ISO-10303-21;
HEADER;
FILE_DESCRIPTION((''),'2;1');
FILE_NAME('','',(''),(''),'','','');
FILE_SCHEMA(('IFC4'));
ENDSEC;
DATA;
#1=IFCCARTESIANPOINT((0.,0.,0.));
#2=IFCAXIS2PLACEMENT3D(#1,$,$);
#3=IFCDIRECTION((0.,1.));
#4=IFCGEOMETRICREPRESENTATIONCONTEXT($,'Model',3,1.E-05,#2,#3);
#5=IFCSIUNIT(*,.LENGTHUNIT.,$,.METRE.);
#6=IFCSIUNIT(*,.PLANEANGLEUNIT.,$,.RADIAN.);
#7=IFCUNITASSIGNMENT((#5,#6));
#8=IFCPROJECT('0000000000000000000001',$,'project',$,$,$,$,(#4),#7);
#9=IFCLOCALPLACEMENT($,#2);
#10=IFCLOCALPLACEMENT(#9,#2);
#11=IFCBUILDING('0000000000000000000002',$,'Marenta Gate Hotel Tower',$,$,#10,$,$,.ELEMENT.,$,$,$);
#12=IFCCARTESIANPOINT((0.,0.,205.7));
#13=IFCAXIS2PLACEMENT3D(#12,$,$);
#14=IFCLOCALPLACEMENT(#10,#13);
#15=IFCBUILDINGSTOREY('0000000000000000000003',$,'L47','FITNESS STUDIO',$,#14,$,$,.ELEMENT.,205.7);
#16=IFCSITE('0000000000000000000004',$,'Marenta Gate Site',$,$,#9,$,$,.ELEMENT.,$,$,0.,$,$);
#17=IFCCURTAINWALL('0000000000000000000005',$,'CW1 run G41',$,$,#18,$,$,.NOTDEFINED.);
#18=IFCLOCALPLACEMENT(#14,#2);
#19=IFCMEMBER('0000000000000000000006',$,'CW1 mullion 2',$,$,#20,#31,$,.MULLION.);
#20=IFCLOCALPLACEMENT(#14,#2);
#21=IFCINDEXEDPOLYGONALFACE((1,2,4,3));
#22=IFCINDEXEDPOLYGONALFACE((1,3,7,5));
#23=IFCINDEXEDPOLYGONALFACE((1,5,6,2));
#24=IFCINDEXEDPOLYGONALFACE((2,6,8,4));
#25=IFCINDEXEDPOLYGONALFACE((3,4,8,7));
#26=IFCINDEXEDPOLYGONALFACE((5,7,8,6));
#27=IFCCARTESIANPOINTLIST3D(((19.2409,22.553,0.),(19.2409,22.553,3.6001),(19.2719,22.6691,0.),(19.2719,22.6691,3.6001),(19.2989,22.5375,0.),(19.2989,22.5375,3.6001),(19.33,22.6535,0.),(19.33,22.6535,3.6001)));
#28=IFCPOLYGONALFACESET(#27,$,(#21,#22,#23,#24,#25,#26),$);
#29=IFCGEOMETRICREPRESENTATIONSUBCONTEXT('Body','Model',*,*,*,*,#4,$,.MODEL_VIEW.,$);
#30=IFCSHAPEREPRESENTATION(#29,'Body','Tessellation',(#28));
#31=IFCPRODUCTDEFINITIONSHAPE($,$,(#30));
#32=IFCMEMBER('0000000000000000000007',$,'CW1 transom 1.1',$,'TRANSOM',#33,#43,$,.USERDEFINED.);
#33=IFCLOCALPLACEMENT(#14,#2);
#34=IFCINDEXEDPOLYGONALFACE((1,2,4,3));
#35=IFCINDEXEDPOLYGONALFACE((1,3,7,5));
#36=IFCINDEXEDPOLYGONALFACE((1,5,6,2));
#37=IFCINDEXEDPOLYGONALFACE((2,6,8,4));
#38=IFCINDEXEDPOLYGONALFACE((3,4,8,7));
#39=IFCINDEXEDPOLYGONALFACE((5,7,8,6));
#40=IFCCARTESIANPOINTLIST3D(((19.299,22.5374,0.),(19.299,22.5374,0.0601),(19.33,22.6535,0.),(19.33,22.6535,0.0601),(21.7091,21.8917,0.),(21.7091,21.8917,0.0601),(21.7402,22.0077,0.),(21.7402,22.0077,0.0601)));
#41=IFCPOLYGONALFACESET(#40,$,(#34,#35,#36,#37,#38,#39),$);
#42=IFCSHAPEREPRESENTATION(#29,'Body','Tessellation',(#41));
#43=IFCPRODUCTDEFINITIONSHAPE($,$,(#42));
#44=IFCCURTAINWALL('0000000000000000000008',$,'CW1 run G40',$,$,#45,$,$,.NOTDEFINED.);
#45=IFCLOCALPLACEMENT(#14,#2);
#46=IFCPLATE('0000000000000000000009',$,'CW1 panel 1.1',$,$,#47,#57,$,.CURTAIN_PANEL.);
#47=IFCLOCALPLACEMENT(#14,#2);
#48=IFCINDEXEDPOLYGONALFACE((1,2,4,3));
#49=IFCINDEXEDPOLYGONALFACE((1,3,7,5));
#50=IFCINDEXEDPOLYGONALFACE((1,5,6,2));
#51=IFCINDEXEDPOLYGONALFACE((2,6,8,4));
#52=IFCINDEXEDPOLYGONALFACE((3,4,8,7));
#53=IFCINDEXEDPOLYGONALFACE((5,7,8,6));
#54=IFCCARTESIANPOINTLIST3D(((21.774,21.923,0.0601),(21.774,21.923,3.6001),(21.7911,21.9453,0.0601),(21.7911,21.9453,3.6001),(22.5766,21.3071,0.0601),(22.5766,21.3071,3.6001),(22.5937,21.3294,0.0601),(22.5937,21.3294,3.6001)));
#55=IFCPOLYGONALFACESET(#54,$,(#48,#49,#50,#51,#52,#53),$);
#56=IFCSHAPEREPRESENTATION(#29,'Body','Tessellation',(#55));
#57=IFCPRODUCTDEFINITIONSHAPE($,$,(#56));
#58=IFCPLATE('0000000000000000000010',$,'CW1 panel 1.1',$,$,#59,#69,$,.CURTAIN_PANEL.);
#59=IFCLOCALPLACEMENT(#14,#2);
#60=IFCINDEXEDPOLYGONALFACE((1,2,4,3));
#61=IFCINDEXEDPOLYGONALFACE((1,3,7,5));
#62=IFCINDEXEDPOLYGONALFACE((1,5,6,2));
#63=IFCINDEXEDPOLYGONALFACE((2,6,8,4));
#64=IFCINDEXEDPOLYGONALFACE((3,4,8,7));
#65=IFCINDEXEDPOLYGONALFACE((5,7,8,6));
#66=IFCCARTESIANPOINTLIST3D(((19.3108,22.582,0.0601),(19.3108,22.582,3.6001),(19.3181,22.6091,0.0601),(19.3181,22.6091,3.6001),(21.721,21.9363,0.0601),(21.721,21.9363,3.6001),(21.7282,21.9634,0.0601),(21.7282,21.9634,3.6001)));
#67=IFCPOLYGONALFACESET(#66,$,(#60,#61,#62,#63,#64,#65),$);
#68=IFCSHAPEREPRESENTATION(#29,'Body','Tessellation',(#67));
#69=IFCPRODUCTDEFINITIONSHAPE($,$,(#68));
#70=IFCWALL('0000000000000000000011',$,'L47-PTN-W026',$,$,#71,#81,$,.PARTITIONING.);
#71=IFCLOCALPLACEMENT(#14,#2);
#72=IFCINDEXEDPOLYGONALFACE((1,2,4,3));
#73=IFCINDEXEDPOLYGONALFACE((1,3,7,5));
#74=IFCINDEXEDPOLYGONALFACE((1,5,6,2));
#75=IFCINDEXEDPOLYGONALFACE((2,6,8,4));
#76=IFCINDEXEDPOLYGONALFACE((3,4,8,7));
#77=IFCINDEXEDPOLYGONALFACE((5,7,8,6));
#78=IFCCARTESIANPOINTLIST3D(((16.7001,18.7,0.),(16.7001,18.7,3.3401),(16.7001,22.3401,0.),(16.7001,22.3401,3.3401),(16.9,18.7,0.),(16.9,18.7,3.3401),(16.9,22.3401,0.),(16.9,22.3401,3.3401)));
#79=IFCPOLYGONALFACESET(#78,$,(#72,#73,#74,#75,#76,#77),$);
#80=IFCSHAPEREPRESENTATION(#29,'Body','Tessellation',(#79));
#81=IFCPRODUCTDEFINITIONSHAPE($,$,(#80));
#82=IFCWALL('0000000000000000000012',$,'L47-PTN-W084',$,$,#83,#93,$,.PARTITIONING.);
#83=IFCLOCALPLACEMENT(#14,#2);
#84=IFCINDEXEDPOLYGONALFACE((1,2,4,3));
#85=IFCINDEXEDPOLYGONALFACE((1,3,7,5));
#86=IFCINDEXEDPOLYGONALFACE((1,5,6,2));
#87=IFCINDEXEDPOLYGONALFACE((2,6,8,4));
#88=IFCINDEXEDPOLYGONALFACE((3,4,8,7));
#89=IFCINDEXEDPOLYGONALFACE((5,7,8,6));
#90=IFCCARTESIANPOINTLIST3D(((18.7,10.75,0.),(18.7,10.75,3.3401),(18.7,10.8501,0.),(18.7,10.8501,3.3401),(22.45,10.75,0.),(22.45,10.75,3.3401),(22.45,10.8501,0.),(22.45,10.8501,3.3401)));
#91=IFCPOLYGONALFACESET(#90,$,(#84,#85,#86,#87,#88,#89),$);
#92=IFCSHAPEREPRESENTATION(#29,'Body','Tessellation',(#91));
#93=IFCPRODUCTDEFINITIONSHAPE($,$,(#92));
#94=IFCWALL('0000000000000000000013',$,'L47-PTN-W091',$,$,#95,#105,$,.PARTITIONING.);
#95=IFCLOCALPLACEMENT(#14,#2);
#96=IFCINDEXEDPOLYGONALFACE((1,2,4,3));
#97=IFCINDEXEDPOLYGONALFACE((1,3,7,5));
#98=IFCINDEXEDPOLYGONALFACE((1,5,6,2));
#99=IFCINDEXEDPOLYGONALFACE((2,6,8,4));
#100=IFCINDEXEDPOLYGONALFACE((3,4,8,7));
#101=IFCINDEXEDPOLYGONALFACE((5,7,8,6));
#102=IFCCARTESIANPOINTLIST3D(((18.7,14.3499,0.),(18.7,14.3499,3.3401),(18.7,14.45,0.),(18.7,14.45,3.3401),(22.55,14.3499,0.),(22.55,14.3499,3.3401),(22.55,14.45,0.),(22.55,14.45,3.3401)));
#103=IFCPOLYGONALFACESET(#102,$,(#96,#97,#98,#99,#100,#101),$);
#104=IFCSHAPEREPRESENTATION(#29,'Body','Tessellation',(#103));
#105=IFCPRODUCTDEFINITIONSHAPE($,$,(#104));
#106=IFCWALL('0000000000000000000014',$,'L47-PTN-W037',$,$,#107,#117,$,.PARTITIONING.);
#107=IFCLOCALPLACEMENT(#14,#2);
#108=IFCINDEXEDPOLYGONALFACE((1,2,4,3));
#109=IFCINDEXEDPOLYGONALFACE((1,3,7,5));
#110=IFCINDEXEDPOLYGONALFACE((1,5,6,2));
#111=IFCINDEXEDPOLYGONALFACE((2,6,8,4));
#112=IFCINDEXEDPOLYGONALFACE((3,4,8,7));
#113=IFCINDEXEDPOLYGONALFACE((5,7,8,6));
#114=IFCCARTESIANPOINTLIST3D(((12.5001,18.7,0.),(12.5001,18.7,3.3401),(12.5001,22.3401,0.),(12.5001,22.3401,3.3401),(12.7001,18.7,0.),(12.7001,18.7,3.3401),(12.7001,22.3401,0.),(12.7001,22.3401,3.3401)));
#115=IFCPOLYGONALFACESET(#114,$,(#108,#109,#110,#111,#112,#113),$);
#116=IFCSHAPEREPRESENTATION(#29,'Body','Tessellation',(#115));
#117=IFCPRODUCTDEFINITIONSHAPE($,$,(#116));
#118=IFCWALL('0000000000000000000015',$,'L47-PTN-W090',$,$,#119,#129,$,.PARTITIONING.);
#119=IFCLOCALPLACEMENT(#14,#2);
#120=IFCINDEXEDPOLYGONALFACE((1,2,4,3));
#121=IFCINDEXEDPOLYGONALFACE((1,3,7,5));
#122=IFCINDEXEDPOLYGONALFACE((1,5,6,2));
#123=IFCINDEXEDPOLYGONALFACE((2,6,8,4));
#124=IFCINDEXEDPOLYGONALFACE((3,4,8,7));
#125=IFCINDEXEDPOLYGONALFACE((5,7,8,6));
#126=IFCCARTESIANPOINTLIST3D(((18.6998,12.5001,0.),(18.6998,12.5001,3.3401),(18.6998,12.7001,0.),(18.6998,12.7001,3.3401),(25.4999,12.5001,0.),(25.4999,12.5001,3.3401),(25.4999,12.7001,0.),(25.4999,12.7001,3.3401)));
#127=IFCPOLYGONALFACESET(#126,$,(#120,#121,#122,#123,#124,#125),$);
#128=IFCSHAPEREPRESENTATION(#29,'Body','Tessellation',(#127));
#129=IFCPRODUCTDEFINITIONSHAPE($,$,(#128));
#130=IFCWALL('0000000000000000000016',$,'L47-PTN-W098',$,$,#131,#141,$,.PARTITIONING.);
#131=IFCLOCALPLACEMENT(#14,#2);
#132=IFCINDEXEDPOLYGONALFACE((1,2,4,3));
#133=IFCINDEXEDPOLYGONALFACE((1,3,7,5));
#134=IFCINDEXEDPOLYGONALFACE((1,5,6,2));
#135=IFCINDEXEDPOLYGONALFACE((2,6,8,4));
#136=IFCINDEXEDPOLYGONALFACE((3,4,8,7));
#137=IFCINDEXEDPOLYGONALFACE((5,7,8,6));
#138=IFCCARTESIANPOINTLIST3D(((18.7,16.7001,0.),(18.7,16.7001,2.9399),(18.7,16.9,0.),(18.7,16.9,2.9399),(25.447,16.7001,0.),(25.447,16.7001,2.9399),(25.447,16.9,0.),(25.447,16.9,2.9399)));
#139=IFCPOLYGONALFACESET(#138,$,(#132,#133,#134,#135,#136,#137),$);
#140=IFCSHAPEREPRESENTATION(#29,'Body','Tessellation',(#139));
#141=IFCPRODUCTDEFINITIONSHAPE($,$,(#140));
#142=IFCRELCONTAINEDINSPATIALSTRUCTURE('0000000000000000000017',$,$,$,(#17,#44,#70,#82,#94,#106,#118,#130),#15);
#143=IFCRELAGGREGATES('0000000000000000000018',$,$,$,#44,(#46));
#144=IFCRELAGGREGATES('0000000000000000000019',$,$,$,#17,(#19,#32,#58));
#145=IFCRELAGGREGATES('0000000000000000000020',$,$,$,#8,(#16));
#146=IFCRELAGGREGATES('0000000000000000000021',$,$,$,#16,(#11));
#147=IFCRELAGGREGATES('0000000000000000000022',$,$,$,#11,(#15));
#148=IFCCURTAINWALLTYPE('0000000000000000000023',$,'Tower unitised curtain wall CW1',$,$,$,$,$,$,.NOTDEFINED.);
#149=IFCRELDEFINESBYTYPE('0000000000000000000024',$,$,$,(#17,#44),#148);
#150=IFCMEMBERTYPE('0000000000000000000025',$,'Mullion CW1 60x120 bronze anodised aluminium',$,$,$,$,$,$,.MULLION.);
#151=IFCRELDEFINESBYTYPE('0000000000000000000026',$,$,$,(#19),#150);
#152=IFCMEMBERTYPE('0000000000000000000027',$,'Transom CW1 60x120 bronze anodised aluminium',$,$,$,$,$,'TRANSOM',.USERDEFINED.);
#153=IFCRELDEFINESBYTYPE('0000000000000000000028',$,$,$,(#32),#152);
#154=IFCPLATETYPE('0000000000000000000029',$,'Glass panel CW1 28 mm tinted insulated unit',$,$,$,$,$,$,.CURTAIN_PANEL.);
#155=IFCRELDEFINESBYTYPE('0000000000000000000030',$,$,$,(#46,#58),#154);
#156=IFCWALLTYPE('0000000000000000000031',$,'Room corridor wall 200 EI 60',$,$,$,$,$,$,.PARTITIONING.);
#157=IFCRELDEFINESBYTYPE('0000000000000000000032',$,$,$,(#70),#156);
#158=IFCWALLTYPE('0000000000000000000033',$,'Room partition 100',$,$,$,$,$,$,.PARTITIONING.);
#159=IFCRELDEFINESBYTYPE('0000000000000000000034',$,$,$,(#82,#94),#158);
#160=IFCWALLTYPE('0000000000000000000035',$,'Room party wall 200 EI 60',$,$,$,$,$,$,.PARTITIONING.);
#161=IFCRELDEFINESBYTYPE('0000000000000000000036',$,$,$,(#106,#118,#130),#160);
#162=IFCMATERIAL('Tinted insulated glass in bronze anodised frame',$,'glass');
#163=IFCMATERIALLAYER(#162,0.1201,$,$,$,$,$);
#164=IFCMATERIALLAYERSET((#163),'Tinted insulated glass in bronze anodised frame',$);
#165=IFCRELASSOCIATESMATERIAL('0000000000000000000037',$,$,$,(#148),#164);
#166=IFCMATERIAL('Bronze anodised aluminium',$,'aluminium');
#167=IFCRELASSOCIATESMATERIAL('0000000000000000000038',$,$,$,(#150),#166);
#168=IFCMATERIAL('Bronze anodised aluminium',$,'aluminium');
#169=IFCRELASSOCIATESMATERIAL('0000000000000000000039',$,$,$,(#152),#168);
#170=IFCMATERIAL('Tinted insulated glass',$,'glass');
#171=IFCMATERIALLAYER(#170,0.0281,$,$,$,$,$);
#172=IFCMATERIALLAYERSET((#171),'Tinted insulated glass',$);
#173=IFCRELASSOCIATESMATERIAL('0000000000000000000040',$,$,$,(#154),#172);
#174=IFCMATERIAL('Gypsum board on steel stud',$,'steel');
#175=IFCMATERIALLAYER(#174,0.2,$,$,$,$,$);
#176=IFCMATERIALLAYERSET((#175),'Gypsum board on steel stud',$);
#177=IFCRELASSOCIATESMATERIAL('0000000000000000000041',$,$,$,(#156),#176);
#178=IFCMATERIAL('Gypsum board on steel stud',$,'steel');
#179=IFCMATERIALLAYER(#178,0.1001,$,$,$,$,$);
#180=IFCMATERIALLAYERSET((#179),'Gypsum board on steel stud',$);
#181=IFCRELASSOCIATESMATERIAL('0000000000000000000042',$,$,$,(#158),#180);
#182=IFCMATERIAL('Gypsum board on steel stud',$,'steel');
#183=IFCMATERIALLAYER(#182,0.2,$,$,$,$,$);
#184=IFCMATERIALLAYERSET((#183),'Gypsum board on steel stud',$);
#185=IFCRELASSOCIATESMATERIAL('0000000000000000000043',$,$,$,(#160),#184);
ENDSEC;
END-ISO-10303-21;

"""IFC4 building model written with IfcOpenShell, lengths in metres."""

from ifc_helpers import new_model, si_unit, direction, frame, frame_2d, origin, origin_2d, place, context, subcontext, project, spatial, rectangle, extrude, material, layer, layer_set, material_profile, profile_set, type_object, element, aggregate, save


model = new_model("IFC4")

# Units and contexts
model_context = context("Model", 3, precision=1e-05, world=origin(), true_north=direction((0.0, 1.0)))
body_context = subcontext(model_context, "Body", "Model", "MODEL_VIEW")
ifc_project = project(units=[si_unit("LENGTHUNIT", "METRE"), si_unit("PLANEANGLEUNIT", "RADIAN")], contexts=[model_context])

# Site, building, storey
site_placement = place(None, origin())
site = spatial("IfcSite", under=ifc_project, at=site_placement, Name="Marenta Gate Site", CompositionType="ELEMENT", RefElevation=0.0)
building_placement = place(site_placement, origin())
building = spatial("IfcBuilding", under=site, at=building_placement, Name="Marenta Gate Hotel Tower", CompositionType="ELEMENT")
storey_placement = place(building_placement, frame((0.0, 0.0, 205.7)))
storey = spatial("IfcBuildingStorey", under=building, at=storey_placement, Name="L47", Description="FITNESS STUDIO", CompositionType="ELEMENT", Elevation=205.7)

# Curtain wall, members
ifc_material_1 = material(Name="Tinted insulated glass in bronze anodised frame", Category="glass")
ifc_layer_1 = layer(ifc_material_1, 0.1201)
ifc_layer_set_1 = layer_set([ifc_layer_1], Name="Tinted insulated glass in bronze anodised frame")
curtain_wall_type = type_object("IfcCurtainWallType", Name="Tower unitised curtain wall CW1", PredefinedType="NOTDEFINED", material=ifc_layer_set_1)
curtain_wall_1_placement = place(storey_placement, origin())
curtain_wall_1 = element("IfcCurtainWall", 1, at=curtain_wall_1_placement, inside=storey, type_object=curtain_wall_type, Name="CW1 run G41", PredefinedType="NOTDEFINED")
ifc_material_2 = material(Name="Bronze anodised aluminium", Category="aluminium")
ifc_material_profile_1 = material_profile(ifc_material_2, rectangle(XDim=0.1201, YDim=0.0601, at=origin_2d()), Name="Mullion CW1 60x120 bronze anodised aluminium")
ifc_profile_set_1 = profile_set([ifc_material_profile_1], Name="Bronze anodised aluminium")
member_type_1 = type_object("IfcMemberType", Name="Mullion CW1 60x120 bronze anodised aluminium", PredefinedType="MULLION", material=ifc_profile_set_1)
member_1_placement = place(storey_placement, frame((19.2854, 22.6033, 0.0), z_axis=(0.0, 0.0, 1.0), x_axis=(-0.258805, -0.96593, 0.0)))
member_1 = element("IfcMember", 2, at=member_1_placement, type_object=member_type_1, Name="CW1 mullion 2", PredefinedType="MULLION", context=body_context, shape_type="SweptSolid", body=[
    extrude(rectangle(XDim=0.1201, YDim=0.0601, at=origin_2d()), origin(), (0.0, 0.0, 1.0), 3.6001),
])
ifc_material_3 = material(Name="Bronze anodised aluminium", Category="aluminium")
ifc_material_profile_2 = material_profile(ifc_material_3, rectangle(XDim=0.1201, YDim=0.0601, at=origin_2d()), Name="Transom CW1 60x120 bronze anodised aluminium")
ifc_profile_set_2 = profile_set([ifc_material_profile_2], Name="Bronze anodised aluminium")
member_type_2 = type_object("IfcMemberType", Name="Transom CW1 60x120 bronze anodised aluminium", ElementType="TRANSOM", PredefinedType="USERDEFINED", material=ifc_profile_set_2)
member_2_placement = place(storey_placement, frame((21.7246, 21.9497, 0.03), z_axis=(-0.965931, 0.258801, 0.0), x_axis=(-0.258801, -0.965931, 0.0)))
member_2 = element("IfcMember", 3, at=member_2_placement, type_object=member_type_2, Name="CW1 transom 1.1", ObjectType="TRANSOM", PredefinedType="USERDEFINED", context=body_context, shape_type="SweptSolid", body=[
    extrude(rectangle(XDim=0.1201, YDim=0.0601, at=origin_2d()), origin(), (0.0, 0.0, 1.0), 2.4951),
])

# Curtain wall, plate
curtain_wall_2_placement = place(storey_placement, origin())
curtain_wall_2 = element("IfcCurtainWall", 4, at=curtain_wall_2_placement, inside=storey, type_object=curtain_wall_type, Name="CW1 run G40", PredefinedType="NOTDEFINED")
ifc_material_4 = material(Name="Tinted insulated glass", Category="glass")
ifc_layer_2 = layer(ifc_material_4, 0.0281)
ifc_layer_set_2 = layer_set([ifc_layer_2], Name="Tinted insulated glass")
plate_type = type_object("IfcPlateType", Name="Glass panel CW1 28 mm tinted insulated unit", PredefinedType="CURTAIN_PANEL", material=ifc_layer_set_2)
plate_1_placement = place(storey_placement, frame((22.1838, 21.6262, 0.0601), z_axis=(0.0, 0.0, 1.0), x_axis=(-0.793345, 0.608772, 0.0)))
plate_1 = element("IfcPlate", 5, at=plate_1_placement, type_object=plate_type, Name="CW1 panel 1.1", PredefinedType="CURTAIN_PANEL", context=body_context, shape_type="SweptSolid", body=[
    extrude(rectangle(XDim=1.0117, YDim=0.0281, at=origin_2d()), origin(), (0.0, 0.0, 1.0), 3.54),
])
aggregate(curtain_wall_2, [plate_1])

# Plate
plate_2_placement = place(storey_placement, frame((20.5195, 22.2727, 0.0601), z_axis=(0.0, 0.0, 1.0), x_axis=(-0.96593, 0.258805, 0.0)))
plate_2 = element("IfcPlate", 6, at=plate_2_placement, type_object=plate_type, Name="CW1 panel 1.1", PredefinedType="CURTAIN_PANEL", context=body_context, shape_type="SweptSolid", body=[
    extrude(rectangle(XDim=2.4951, YDim=0.0281, at=origin_2d()), origin(), (0.0, 0.0, 1.0), 3.54),
])
aggregate(curtain_wall_1, [member_1, member_2, plate_2])

# Walls
ifc_material_5 = material(Name="Gypsum board on steel stud", Category="steel")
ifc_layer_3 = layer(ifc_material_5, 0.2)
ifc_layer_set_3 = layer_set([ifc_layer_3], Name="Gypsum board on steel stud")
wall_type_1 = type_object("IfcWallType", Name="Room corridor wall 200 EI 60", PredefinedType="PARTITIONING", material=ifc_layer_set_3)
wall_1_placement = place(storey_placement, frame((16.8, 18.7, 0.0), z_axis=(0.0, 0.0, 1.0), x_axis=(0.0, 1.0, 0.0)))
element("IfcWall", 7, at=wall_1_placement, inside=storey, type_object=wall_type_1, Name="L47-PTN-W026", PredefinedType="PARTITIONING", context=body_context, shape_type="SweptSolid", body=[
    extrude(rectangle(XDim=3.6401, YDim=0.2, at=frame_2d((1.8201, 0.0))), origin(), (0.0, 0.0, 1.0), 3.3401),
])
ifc_material_6 = material(Name="Gypsum board on steel stud", Category="steel")
ifc_layer_4 = layer(ifc_material_6, 0.1001)
ifc_layer_set_4 = layer_set([ifc_layer_4], Name="Gypsum board on steel stud")
wall_type_2 = type_object("IfcWallType", Name="Room partition 100", PredefinedType="PARTITIONING", material=ifc_layer_set_4)
wall_2_placement = place(storey_placement, frame((18.7, 10.8, 0.0), z_axis=(0.0, 0.0, 1.0), x_axis=(1.0, 0.0, 0.0)))
element("IfcWall", 8, at=wall_2_placement, inside=storey, type_object=wall_type_2, Name="L47-PTN-W084", PredefinedType="PARTITIONING", context=body_context, shape_type="SweptSolid", body=[
    extrude(rectangle(XDim=3.75, YDim=0.1001, at=frame_2d((1.875, 0.0))), origin(), (0.0, 0.0, 1.0), 3.3401),
])
wall_3_placement = place(storey_placement, frame((18.7, 14.3999, 0.0), z_axis=(0.0, 0.0, 1.0), x_axis=(1.0, 0.0, 0.0)))
element("IfcWall", 9, at=wall_3_placement, inside=storey, type_object=wall_type_2, Name="L47-PTN-W091", PredefinedType="PARTITIONING", context=body_context, shape_type="SweptSolid", body=[
    extrude(rectangle(XDim=3.8501, YDim=0.1001, at=frame_2d((1.925, 0.0))), origin(), (0.0, 0.0, 1.0), 3.3401),
])
ifc_material_7 = material(Name="Gypsum board on steel stud", Category="steel")
ifc_layer_5 = layer(ifc_material_7, 0.2)
ifc_layer_set_5 = layer_set([ifc_layer_5], Name="Gypsum board on steel stud")
wall_type_3 = type_object("IfcWallType", Name="Room party wall 200 EI 60", PredefinedType="PARTITIONING", material=ifc_layer_set_5)
wall_4_placement = place(storey_placement, frame((12.6001, 18.7, 0.0), z_axis=(0.0, 0.0, 1.0), x_axis=(0.0, 1.0, 0.0)))
element("IfcWall", 10, at=wall_4_placement, inside=storey, type_object=wall_type_3, Name="L47-PTN-W037", PredefinedType="PARTITIONING", context=body_context, shape_type="SweptSolid", body=[
    extrude(rectangle(XDim=3.6401, YDim=0.2, at=frame_2d((1.8201, 0.0))), origin(), (0.0, 0.0, 1.0), 3.3401),
])
wall_5_placement = place(storey_placement, frame((18.7, 12.6001, 0.0), z_axis=(0.0, 0.0, 1.0), x_axis=(1.0, 0.0, 0.0)))
element("IfcWall", 11, at=wall_5_placement, inside=storey, type_object=wall_type_3, Name="L47-PTN-W090", PredefinedType="PARTITIONING", context=body_context, shape_type="SweptSolid", body=[
    extrude(rectangle(XDim=6.8, YDim=0.2, at=frame_2d((3.3999, 0.0))), origin(), (0.0, 0.0, 1.0), 3.3401),
])
wall_6_placement = place(storey_placement, frame((18.7, 16.8, 0.0), z_axis=(0.0, 0.0, 1.0), x_axis=(1.0, 0.0, 0.0)))
element("IfcWall", 12, at=wall_6_placement, inside=storey, type_object=wall_type_3, Name="L47-PTN-W098", PredefinedType="PARTITIONING", context=body_context, shape_type="SweptSolid", body=[
    extrude(rectangle(XDim=6.7471, YDim=0.2, at=frame_2d((3.3735, 0.0))), origin(), (0.0, 0.0, 1.0), 2.9399),
])

save(model, "model.ifc")
